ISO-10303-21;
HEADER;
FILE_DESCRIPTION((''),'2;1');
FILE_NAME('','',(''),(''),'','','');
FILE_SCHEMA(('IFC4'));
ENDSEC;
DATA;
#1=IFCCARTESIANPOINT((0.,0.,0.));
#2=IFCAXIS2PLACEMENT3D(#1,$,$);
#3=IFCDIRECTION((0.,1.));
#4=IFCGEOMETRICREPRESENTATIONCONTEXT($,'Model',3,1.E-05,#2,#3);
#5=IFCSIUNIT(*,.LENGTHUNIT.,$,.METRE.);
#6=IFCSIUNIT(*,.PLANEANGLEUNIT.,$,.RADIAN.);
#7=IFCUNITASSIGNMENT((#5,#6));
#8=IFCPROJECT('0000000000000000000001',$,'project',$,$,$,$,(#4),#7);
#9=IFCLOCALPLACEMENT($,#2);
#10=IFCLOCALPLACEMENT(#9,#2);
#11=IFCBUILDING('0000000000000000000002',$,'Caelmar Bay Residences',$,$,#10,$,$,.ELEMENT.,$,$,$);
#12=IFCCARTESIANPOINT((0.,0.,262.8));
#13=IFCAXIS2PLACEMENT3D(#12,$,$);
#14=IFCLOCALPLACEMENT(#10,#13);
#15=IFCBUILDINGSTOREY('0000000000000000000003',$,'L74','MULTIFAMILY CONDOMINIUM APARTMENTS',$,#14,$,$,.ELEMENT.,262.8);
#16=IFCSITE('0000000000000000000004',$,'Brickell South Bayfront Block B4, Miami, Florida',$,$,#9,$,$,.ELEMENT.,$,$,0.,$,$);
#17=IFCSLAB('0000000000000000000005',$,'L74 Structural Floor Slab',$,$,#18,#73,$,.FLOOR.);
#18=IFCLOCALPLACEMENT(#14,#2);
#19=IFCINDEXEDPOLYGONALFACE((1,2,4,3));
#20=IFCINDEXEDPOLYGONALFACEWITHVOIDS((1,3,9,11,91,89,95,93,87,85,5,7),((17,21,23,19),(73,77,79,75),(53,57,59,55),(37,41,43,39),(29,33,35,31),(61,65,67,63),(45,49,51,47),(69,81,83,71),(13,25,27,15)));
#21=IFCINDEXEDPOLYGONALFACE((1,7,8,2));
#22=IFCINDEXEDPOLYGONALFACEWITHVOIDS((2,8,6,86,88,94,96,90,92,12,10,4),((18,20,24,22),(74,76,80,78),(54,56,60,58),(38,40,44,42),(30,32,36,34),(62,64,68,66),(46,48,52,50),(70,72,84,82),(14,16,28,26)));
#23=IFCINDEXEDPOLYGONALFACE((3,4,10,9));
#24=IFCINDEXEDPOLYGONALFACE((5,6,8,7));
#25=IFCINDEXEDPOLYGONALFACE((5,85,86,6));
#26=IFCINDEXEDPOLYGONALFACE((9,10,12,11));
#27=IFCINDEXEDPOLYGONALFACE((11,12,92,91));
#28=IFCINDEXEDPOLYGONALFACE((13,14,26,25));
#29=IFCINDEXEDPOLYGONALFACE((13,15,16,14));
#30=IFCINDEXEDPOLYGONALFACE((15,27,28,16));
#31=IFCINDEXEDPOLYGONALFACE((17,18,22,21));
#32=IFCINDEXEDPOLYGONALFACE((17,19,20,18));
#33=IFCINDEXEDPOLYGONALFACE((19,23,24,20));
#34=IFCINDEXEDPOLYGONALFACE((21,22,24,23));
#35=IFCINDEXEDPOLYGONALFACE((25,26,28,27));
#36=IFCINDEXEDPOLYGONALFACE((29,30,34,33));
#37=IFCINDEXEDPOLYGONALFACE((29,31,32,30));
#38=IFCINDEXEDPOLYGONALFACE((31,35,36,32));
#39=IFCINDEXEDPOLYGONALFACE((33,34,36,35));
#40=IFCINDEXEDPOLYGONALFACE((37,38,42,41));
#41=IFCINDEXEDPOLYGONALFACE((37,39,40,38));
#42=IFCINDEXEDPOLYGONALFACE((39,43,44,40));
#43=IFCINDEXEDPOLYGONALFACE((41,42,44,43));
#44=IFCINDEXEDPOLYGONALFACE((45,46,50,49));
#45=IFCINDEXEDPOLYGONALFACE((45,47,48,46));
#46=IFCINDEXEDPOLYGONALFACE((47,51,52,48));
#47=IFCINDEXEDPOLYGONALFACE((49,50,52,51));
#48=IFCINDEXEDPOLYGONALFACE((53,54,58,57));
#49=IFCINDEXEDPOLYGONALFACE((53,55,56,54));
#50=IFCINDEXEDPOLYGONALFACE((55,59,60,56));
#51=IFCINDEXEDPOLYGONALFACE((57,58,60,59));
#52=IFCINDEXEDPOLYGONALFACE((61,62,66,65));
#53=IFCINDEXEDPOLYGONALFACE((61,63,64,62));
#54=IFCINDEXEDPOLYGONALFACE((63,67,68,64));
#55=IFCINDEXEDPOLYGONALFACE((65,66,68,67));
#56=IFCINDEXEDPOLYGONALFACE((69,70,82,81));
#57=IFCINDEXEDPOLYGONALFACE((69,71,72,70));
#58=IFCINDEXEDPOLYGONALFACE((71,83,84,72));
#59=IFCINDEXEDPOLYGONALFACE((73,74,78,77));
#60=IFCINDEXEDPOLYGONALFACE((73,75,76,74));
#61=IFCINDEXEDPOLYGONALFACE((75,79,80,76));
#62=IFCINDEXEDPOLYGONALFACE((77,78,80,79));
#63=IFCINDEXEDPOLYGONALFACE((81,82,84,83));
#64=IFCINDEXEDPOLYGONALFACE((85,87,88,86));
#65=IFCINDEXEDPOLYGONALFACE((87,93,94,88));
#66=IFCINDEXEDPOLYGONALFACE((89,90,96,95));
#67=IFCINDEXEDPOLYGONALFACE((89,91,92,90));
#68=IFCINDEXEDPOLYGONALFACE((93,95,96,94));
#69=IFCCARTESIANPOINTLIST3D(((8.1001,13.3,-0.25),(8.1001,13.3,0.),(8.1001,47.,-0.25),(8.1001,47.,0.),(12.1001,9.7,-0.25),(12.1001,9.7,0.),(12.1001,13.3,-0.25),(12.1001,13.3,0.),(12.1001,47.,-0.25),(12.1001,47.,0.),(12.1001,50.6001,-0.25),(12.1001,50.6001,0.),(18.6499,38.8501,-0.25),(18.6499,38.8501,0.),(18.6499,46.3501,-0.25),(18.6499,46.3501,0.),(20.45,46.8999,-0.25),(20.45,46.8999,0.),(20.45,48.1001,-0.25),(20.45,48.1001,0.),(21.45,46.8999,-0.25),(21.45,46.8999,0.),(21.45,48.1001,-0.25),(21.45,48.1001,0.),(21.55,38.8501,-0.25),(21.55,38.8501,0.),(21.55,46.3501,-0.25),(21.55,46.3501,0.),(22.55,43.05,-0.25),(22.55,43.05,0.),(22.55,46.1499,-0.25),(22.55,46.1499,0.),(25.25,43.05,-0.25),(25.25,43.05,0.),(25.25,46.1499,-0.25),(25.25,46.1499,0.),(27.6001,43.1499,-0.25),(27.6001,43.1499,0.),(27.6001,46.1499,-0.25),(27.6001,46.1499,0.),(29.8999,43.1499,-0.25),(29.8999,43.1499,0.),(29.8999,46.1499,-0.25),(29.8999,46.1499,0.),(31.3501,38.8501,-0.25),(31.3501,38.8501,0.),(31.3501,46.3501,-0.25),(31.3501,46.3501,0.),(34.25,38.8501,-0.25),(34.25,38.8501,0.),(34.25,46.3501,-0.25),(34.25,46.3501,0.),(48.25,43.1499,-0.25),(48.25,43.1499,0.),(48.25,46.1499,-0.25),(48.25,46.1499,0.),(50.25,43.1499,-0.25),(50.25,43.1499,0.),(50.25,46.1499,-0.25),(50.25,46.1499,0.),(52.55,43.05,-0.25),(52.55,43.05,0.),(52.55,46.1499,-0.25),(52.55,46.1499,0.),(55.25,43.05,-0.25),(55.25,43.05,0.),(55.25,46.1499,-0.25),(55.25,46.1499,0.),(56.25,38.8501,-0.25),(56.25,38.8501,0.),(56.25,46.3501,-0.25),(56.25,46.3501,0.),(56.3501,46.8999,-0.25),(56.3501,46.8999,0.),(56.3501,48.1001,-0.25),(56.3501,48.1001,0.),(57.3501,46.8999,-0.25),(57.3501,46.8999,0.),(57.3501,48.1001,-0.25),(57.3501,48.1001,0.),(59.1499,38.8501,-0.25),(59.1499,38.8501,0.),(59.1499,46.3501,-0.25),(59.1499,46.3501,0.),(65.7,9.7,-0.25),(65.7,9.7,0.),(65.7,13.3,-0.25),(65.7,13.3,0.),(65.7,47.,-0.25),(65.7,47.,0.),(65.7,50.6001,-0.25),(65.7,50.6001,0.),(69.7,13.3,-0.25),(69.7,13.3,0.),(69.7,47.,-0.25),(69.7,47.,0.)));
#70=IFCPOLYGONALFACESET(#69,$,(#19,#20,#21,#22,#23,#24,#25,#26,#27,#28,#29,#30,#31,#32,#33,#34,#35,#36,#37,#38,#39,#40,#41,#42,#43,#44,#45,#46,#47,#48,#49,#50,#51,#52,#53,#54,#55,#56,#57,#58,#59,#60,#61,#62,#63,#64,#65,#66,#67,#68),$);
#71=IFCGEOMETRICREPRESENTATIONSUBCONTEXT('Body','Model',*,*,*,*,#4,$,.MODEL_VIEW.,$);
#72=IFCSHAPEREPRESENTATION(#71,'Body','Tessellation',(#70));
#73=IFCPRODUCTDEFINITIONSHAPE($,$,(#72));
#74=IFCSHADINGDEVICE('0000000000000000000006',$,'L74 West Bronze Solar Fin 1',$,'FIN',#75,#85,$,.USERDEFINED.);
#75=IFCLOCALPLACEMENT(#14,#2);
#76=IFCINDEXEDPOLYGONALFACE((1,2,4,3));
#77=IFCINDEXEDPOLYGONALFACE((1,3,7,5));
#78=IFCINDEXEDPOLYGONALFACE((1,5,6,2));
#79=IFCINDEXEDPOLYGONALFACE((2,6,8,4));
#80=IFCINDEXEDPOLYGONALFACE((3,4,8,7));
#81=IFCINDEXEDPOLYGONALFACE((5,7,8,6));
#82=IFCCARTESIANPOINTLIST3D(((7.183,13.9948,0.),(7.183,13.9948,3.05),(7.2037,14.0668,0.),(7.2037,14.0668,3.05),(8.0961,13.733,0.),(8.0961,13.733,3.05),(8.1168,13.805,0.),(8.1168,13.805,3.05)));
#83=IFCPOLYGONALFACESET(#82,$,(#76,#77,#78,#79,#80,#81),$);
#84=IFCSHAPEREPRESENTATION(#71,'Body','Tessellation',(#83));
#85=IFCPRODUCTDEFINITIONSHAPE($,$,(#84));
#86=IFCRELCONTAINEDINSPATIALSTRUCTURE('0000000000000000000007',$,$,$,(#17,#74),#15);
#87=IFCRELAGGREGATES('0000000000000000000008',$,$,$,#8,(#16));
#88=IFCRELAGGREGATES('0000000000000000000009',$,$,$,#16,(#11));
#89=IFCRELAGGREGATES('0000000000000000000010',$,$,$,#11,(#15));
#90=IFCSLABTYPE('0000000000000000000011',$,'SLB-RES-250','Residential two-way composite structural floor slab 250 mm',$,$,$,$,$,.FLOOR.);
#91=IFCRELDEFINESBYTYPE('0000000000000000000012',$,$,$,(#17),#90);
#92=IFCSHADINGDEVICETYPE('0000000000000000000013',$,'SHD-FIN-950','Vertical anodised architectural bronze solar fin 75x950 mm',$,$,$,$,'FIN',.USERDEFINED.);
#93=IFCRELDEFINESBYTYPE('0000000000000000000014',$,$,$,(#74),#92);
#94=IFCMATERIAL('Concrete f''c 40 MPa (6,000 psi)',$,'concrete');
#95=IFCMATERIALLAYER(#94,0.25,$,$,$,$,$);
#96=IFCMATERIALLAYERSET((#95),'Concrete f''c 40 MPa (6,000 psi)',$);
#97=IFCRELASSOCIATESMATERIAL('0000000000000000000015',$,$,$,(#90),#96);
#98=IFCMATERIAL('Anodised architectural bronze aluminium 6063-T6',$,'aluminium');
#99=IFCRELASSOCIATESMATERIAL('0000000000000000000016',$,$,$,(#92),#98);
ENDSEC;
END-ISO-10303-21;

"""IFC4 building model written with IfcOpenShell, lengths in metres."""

from ifc_helpers import new_model, si_unit, direction, frame, origin, origin_2d, place, context, subcontext, project, spatial, polyline, rectangle, outline, extrude, material, layer, layer_set, material_profile, profile_set, type_object, element, save


model = new_model("IFC4")

# Units and contexts
model_context = context("Model", 3, precision=1e-05, world=origin(), true_north=direction((0.0, 1.0)))
body_context = subcontext(model_context, "Body", "Model", "MODEL_VIEW")
ifc_project = project(units=[si_unit("LENGTHUNIT", "METRE"), si_unit("PLANEANGLEUNIT", "RADIAN")], contexts=[model_context])

# Site, building, storey
site_placement = place(None, origin())
site = spatial("IfcSite", under=ifc_project, at=site_placement, Name="Brickell South Bayfront Block B4, Miami, Florida", CompositionType="ELEMENT", RefElevation=0.0)
building_placement = place(site_placement, origin())
building = spatial("IfcBuilding", under=site, at=building_placement, Name="Caelmar Bay Residences", CompositionType="ELEMENT")
storey_placement = place(building_placement, frame((0.0, 0.0, 262.8)))
storey = spatial("IfcBuildingStorey", under=building, at=storey_placement, Name="L74", Description="MULTIFAMILY CONDOMINIUM APARTMENTS", CompositionType="ELEMENT", Elevation=262.8)

# Shared definitions
ifc_material_1 = material(Name="Concrete f'c 40 MPa (6,000 psi)", Category="concrete")

# Slab
ifc_layer_1 = layer(ifc_material_1, 0.25)
ifc_layer_set_1 = layer_set([ifc_layer_1], Name="Concrete f'c 40 MPa (6,000 psi)")
slab_type_1 = type_object("IfcSlabType", Name="SLB-RES-250", Description="Residential two-way composite structural floor slab 250 mm", PredefinedType="FLOOR", material=ifc_layer_set_1)
slab_1_placement = place(storey_placement, frame((0.0, 0.0, -0.25)))
element("IfcSlab", 1, at=slab_1_placement, inside=storey, type_object=slab_type_1, Name="L74 Structural Floor Slab", PredefinedType="FLOOR", context=body_context, shape_type="SweptSolid", body=[
    extrude(outline(polyline([(12.1001, 9.7), (65.7, 9.7), (65.7, 13.3), (69.7, 13.3), (69.7, 47.0), (65.7, 47.0), (65.7, 50.6001), (12.1001, 50.6001), (12.1001, 47.0), (8.1001, 47.0), (8.1001, 13.3), (12.1001, 13.3), (12.1001, 9.7)]), holes=[polyline([(18.6499, 38.8501), (21.55, 38.8501), (21.55, 46.3501), (18.6499, 46.3501), (18.6499, 38.8501)]), polyline([(56.25, 38.8501), (59.1499, 38.8501), (59.1499, 46.3501), (56.25, 46.3501), (56.25, 38.8501)]), polyline([(31.3501, 38.8501), (34.25, 38.8501), (34.25, 46.3501), (31.3501, 46.3501), (31.3501, 38.8501)]), polyline([(22.55, 43.05), (25.25, 43.05), (25.25, 46.1499), (22.55, 46.1499), (22.55, 43.05)]), polyline([(52.55, 43.05), (55.25, 43.05), (55.25, 46.1499), (52.55, 46.1499), (52.55, 43.05)]), polyline([(48.25, 43.1499), (50.25, 43.1499), (50.25, 46.1499), (48.25, 46.1499), (48.25, 43.1499)]), polyline([(27.6001, 43.1499), (29.8999, 43.1499), (29.8999, 46.1499), (27.6001, 46.1499), (27.6001, 43.1499)]), polyline([(20.45, 46.8999), (21.45, 46.8999), (21.45, 48.1001), (20.45, 48.1001), (20.45, 46.8999)]), polyline([(56.3501, 46.8999), (57.3501, 46.8999), (57.3501, 48.1001), (56.3501, 48.1001), (56.3501, 46.8999)])]), origin(), (0.0, 0.0, 1.0), 0.25),
])

# Shading device
ifc_material_2 = material(Name="Anodised architectural bronze aluminium 6063-T6", Category="aluminium")
ifc_material_profile_1 = material_profile(ifc_material_2, rectangle(XDim=0.075, YDim=0.95, at=origin_2d()), Name="BRONZE-FIN-75X950")
ifc_profile_set_1 = profile_set([ifc_material_profile_1], Name="Anodised architectural bronze aluminium 6063-T6")
shading_device_type = type_object("IfcShadingDeviceType", Name="SHD-FIN-950", Description="Vertical anodised architectural bronze solar fin 75x950 mm", ElementType="FIN", PredefinedType="USERDEFINED", material=ifc_profile_set_1)
shading_device_placement = place(storey_placement, frame((7.6499, 13.8999, 0.0), z_axis=(0.0, 0.0, 1.0), x_axis=(0.275637, 0.961262, 0.0)))
element("IfcShadingDevice", 2, at=shading_device_placement, inside=storey, type_object=shading_device_type, Name="L74 West Bronze Solar Fin 1", ObjectType="FIN", PredefinedType="USERDEFINED", context=body_context, shape_type="SweptSolid", body=[
    extrude(rectangle(XDim=0.075, YDim=0.95, at=origin_2d()), origin(), (0.0, 0.0, 1.0), 3.05),
])

save(model, "model.ifc")
